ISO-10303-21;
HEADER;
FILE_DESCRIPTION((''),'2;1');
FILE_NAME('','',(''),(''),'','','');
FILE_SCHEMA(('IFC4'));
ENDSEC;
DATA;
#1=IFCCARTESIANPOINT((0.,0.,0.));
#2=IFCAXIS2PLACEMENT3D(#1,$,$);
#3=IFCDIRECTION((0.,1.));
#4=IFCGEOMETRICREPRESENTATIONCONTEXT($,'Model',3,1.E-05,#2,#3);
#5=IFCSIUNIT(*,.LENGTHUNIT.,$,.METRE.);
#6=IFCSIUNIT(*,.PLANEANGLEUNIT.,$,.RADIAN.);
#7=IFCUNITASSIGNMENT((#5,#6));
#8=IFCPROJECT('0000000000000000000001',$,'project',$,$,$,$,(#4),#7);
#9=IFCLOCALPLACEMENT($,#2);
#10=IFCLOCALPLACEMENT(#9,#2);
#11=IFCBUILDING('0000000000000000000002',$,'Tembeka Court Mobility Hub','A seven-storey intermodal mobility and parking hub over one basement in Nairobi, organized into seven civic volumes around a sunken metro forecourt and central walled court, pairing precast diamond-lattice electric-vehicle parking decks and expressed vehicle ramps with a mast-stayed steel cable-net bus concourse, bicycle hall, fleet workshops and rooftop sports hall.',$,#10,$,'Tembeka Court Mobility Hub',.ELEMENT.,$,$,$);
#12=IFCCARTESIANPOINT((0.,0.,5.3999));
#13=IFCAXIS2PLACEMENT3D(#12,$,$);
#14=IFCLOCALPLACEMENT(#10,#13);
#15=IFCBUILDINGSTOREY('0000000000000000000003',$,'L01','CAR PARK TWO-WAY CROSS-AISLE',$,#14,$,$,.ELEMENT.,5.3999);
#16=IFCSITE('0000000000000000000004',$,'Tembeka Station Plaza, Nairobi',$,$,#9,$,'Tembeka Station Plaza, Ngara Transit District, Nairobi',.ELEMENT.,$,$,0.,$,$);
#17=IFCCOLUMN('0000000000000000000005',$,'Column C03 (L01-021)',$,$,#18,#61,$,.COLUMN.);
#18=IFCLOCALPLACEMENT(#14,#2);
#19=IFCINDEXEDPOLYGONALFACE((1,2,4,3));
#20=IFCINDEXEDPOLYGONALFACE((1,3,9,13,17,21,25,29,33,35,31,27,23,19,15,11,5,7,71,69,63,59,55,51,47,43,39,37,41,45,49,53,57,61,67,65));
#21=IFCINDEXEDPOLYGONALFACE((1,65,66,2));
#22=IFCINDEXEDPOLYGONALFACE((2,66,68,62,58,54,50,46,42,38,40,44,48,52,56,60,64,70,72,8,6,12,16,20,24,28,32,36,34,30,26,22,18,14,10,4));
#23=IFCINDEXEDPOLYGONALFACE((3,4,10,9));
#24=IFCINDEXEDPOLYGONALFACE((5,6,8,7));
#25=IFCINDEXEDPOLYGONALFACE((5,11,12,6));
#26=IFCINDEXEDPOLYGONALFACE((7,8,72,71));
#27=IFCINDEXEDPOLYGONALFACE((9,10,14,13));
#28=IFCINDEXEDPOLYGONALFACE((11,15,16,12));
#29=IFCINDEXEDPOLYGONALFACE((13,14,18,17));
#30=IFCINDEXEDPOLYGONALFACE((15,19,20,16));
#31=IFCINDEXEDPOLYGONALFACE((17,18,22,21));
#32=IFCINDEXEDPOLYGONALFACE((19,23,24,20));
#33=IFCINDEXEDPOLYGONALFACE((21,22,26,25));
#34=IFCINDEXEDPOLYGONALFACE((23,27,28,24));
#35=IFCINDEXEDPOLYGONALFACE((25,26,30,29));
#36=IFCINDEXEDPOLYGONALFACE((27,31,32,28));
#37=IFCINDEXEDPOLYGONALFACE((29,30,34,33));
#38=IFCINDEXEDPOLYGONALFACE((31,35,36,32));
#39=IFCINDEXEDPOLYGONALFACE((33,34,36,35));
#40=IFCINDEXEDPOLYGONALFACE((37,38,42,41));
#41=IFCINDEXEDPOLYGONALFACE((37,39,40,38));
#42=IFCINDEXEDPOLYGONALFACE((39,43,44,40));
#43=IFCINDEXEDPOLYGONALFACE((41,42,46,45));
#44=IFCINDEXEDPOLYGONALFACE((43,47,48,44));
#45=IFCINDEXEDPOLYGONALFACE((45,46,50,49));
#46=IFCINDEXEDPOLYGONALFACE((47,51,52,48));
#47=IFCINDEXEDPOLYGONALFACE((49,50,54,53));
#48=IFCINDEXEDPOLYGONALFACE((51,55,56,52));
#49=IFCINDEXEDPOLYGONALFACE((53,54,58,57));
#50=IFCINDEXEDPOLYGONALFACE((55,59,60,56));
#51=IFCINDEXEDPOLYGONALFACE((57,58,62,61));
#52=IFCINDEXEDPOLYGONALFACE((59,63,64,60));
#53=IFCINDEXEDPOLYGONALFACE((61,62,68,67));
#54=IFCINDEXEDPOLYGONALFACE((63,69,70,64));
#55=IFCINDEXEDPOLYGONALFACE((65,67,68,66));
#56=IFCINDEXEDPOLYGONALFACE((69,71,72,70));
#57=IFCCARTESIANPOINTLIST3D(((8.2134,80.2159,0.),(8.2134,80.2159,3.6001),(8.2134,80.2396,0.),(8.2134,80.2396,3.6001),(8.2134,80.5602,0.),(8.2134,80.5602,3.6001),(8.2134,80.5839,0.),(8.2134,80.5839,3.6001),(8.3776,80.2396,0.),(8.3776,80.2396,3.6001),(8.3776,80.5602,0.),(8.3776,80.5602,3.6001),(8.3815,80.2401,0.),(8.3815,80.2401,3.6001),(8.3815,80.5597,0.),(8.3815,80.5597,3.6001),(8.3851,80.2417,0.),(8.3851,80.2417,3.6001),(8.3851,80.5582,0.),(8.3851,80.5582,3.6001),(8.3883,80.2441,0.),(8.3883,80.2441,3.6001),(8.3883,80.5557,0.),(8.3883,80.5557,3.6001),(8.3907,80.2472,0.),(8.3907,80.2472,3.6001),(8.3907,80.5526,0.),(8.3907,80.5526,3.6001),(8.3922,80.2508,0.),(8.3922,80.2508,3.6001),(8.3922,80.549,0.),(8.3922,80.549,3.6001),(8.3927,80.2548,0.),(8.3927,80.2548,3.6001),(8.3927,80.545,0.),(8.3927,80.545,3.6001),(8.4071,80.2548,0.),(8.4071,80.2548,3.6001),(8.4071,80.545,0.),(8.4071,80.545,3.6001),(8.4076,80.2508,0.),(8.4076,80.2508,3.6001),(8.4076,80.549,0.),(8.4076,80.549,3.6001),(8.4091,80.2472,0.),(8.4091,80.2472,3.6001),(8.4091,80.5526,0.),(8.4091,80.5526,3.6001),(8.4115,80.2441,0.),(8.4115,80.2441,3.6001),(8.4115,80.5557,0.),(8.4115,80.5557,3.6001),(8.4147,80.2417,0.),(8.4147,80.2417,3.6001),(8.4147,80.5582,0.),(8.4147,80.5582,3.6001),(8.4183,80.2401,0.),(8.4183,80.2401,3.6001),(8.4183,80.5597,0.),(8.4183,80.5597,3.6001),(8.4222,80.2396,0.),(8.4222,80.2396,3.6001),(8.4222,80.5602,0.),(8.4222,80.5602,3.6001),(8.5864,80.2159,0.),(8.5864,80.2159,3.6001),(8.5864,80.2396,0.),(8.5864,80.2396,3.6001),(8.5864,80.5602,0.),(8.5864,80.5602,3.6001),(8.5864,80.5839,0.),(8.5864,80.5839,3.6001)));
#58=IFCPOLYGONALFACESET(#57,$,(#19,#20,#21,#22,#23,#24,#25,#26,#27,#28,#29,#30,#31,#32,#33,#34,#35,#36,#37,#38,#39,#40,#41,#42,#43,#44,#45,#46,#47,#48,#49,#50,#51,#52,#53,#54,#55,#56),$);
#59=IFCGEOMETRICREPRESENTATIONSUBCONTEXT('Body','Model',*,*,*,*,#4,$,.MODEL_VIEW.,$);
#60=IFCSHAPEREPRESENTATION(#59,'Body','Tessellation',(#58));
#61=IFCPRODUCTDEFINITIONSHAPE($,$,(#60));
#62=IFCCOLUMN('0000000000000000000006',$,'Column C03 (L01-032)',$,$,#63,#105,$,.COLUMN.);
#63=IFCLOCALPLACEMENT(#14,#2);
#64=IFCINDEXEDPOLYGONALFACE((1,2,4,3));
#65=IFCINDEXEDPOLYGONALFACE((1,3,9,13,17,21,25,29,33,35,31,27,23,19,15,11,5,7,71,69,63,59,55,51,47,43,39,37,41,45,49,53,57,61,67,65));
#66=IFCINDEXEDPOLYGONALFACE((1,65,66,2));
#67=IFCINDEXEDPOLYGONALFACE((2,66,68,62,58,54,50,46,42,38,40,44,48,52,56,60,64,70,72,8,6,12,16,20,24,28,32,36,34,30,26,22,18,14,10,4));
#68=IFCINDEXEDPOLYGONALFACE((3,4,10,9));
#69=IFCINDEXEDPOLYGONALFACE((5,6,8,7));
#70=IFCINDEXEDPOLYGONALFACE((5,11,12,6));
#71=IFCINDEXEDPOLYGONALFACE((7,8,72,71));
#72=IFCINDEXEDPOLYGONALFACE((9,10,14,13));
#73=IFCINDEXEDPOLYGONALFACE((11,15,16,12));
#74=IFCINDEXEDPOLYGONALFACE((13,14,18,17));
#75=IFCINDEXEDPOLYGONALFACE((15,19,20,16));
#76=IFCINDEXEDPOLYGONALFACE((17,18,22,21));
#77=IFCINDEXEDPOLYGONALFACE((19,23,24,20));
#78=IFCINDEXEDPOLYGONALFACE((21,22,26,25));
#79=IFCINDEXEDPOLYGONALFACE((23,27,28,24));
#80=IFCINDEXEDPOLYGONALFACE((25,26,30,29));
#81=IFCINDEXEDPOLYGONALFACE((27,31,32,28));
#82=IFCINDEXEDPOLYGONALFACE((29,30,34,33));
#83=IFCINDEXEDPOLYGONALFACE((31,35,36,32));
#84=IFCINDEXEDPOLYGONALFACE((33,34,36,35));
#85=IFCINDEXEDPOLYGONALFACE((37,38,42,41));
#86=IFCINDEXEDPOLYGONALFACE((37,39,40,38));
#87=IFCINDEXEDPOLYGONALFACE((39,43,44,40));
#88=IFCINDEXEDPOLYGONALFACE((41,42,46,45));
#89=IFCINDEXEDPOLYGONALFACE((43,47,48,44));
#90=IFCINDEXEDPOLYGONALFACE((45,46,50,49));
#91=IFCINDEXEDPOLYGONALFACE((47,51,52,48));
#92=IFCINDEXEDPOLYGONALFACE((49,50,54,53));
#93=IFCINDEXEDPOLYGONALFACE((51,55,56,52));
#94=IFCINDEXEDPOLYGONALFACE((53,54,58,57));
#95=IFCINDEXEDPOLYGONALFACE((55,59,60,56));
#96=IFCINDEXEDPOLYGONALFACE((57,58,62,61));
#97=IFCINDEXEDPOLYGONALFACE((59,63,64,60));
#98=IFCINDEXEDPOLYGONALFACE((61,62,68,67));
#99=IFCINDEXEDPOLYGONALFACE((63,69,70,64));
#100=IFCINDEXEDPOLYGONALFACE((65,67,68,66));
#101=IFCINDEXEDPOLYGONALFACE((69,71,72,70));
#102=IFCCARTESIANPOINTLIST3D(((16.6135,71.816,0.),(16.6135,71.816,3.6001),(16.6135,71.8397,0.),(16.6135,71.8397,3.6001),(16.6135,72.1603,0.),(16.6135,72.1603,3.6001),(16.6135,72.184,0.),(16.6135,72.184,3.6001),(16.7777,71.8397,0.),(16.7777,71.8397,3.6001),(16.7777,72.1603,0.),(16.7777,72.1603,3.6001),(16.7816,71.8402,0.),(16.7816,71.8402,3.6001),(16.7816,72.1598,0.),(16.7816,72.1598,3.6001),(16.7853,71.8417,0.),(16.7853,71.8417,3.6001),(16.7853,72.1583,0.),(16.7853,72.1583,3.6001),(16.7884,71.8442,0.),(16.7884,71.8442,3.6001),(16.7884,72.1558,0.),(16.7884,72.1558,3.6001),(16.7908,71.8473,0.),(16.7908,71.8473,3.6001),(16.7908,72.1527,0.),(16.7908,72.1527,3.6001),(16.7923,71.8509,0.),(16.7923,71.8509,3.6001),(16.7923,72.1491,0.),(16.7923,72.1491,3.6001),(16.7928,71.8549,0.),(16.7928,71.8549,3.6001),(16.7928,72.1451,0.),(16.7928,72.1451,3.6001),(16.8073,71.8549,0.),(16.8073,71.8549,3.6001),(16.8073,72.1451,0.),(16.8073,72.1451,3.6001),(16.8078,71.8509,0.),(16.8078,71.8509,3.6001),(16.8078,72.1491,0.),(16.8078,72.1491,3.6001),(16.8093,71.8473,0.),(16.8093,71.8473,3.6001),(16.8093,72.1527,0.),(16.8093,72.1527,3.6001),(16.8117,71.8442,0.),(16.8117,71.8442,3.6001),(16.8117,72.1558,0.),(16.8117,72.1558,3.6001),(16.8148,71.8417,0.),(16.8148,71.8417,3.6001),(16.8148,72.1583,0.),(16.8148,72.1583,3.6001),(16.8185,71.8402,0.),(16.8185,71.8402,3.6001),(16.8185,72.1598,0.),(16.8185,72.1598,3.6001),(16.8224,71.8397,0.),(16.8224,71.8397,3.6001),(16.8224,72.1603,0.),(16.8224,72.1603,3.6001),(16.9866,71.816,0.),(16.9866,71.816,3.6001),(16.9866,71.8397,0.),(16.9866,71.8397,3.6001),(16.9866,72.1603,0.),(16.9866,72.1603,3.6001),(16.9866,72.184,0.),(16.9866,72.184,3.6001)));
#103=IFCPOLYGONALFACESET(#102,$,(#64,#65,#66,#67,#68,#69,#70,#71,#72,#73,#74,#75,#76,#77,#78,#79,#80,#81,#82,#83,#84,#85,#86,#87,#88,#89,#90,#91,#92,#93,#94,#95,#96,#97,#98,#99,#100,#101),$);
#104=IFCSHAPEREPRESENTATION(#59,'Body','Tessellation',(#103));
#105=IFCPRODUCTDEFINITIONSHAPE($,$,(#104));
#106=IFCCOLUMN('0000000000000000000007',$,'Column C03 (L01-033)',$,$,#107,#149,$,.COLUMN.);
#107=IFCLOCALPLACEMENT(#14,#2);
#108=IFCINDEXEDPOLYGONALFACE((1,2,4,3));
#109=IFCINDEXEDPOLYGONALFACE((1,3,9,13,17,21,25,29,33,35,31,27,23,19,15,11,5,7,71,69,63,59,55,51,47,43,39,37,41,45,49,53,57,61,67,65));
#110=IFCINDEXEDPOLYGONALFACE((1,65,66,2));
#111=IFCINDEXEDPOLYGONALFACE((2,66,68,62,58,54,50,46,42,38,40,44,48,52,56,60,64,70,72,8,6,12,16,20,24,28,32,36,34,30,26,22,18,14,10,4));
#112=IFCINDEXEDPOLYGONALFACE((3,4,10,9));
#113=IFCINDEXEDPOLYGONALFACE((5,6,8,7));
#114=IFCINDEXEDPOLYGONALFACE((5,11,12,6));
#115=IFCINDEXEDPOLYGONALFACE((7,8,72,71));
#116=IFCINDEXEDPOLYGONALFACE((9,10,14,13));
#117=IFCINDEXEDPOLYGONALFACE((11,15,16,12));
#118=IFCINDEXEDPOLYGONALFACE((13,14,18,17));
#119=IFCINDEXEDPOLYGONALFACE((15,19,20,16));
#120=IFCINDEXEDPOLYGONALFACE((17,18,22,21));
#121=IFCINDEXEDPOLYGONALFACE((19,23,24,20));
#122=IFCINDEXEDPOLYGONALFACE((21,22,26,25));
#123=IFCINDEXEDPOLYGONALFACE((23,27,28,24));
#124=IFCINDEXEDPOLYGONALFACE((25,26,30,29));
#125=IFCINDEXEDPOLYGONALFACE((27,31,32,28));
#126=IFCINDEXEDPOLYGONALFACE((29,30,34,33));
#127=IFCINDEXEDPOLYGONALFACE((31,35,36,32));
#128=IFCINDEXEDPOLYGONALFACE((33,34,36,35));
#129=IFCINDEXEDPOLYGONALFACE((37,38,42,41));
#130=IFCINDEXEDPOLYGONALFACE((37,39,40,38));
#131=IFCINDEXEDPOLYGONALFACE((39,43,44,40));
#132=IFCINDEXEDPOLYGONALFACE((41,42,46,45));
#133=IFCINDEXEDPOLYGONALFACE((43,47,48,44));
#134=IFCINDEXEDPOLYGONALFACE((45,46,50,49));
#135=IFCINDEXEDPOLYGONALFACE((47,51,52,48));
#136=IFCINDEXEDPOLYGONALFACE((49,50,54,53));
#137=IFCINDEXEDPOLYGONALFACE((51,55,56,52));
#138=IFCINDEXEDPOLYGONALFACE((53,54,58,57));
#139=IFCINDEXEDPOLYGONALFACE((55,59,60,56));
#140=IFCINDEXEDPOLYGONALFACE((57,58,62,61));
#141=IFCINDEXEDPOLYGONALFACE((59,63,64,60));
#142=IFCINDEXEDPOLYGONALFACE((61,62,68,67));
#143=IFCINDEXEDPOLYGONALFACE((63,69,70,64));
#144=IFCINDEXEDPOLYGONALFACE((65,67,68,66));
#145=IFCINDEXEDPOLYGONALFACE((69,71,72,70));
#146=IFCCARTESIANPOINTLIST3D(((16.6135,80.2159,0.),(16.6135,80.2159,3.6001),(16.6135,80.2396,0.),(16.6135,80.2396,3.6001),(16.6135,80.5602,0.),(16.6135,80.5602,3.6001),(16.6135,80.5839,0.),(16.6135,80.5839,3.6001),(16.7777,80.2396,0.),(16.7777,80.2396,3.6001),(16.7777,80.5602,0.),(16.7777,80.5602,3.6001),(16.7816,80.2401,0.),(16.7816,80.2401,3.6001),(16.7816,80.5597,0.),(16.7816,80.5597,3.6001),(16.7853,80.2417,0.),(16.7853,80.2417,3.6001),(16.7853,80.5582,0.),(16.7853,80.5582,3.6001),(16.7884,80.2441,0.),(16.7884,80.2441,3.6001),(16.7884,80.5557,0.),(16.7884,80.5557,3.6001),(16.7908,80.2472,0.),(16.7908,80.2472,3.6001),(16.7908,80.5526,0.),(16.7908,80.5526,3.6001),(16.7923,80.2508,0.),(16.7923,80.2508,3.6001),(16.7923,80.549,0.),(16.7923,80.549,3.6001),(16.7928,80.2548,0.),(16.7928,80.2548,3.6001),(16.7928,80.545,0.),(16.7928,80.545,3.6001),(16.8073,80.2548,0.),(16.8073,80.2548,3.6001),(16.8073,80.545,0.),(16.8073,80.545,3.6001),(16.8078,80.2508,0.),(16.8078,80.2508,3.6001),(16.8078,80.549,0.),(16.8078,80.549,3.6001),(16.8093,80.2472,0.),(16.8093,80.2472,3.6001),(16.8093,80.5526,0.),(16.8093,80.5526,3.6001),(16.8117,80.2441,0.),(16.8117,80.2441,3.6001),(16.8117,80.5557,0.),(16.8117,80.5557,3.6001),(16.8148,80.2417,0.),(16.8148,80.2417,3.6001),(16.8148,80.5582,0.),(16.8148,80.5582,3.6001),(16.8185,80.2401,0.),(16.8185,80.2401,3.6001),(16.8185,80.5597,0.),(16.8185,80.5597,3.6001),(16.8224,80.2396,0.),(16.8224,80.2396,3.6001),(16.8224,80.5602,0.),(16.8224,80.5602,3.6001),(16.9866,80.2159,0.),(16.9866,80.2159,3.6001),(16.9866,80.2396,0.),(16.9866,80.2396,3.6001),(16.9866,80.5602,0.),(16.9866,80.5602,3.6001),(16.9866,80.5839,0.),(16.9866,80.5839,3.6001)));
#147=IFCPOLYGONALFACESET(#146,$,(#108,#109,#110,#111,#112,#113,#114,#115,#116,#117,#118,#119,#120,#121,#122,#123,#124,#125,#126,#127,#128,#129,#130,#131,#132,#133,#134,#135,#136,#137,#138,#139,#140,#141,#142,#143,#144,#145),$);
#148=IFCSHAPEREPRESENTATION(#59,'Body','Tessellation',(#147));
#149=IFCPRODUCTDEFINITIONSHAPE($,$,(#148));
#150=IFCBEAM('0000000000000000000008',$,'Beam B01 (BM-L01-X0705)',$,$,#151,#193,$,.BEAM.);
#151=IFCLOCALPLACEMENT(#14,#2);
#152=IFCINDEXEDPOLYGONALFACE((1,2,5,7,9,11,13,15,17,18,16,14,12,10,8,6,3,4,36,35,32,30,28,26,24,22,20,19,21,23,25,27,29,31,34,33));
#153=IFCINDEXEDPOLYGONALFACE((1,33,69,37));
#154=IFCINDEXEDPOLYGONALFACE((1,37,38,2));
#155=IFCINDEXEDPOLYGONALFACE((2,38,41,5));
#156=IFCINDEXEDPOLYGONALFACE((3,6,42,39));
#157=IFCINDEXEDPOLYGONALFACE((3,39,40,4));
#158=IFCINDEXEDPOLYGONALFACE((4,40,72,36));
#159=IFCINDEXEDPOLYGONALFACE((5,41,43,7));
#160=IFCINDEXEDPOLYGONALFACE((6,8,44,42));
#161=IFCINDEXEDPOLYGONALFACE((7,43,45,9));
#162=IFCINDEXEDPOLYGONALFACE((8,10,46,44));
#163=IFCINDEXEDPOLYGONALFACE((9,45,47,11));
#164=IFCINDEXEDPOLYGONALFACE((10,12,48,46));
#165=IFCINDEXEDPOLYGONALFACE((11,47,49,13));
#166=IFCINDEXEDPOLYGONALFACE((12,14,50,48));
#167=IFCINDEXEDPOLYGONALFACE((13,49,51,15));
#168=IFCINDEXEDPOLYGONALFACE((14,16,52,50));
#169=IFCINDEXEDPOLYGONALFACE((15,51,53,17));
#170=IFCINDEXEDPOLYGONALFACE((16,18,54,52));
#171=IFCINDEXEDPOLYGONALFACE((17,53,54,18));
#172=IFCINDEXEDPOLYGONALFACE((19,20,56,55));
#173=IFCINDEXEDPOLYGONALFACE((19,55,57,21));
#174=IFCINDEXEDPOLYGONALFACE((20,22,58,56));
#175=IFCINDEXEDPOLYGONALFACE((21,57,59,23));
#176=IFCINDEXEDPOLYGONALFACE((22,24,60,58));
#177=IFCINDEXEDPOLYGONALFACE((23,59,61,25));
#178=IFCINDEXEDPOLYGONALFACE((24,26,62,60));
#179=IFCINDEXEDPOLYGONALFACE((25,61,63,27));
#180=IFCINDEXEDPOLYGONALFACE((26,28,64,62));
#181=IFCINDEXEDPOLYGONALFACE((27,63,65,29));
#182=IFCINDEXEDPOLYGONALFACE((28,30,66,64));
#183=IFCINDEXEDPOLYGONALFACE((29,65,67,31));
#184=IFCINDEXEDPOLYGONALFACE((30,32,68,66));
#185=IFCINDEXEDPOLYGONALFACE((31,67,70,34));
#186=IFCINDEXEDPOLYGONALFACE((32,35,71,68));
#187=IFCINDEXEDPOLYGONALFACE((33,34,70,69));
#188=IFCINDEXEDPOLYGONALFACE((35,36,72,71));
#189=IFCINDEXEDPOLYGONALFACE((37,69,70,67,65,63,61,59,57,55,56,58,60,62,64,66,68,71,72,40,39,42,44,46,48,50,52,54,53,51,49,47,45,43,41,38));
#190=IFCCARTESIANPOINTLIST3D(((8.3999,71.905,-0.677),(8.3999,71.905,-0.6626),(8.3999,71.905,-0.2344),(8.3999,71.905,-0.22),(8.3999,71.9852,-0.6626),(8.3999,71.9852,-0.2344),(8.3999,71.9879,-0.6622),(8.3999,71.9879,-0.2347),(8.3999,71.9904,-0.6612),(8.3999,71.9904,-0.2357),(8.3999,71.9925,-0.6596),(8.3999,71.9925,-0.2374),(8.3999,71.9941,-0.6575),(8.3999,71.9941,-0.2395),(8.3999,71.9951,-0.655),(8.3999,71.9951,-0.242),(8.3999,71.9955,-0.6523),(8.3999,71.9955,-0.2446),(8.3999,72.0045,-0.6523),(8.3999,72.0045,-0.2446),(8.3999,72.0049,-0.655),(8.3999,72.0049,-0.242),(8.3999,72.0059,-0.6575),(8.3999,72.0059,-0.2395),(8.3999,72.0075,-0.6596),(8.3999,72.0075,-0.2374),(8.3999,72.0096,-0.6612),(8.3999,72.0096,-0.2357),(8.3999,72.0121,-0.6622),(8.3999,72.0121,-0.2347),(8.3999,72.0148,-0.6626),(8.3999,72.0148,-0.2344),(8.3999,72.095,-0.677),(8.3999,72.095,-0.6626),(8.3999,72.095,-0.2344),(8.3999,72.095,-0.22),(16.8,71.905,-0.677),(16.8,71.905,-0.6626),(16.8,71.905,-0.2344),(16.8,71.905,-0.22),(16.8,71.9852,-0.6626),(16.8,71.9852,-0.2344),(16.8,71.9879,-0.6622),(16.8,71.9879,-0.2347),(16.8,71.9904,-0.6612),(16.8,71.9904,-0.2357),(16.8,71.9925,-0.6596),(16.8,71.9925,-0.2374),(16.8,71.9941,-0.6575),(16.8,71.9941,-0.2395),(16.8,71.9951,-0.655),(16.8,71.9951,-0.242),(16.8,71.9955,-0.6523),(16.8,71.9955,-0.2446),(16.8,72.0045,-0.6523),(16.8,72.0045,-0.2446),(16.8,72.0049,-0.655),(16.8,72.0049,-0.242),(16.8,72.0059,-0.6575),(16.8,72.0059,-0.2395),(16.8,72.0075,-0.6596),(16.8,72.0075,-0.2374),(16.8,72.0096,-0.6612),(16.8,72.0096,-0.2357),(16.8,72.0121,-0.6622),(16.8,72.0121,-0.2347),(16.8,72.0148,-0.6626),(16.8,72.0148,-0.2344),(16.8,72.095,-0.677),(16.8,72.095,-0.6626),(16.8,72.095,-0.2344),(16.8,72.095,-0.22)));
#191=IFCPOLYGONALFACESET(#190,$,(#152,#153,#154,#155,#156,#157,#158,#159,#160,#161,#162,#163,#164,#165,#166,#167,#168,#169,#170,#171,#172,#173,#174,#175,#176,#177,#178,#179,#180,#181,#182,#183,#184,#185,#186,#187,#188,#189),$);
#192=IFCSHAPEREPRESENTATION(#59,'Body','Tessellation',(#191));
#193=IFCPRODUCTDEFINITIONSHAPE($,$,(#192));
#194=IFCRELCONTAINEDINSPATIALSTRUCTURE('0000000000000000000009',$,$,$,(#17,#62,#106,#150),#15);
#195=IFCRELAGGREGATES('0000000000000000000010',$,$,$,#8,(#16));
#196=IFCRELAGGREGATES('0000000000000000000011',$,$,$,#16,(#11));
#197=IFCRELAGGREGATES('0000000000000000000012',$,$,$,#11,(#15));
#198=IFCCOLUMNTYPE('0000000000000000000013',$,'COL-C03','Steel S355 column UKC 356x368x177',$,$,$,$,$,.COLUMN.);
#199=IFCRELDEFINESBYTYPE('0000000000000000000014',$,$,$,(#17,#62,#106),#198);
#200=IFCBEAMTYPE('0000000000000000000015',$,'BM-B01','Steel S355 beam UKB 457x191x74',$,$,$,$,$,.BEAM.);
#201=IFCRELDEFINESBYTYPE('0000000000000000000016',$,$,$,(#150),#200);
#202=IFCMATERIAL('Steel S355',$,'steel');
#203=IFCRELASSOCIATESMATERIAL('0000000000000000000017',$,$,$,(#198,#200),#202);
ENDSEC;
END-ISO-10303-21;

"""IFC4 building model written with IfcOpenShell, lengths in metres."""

from ifc_helpers import new_model, si_unit, direction, frame, origin, origin_2d, place, context, subcontext, project, spatial, i_section, extrude, material, material_profile, profile_set, type_object, element, save


model = new_model("IFC4")

# Units and contexts
model_context = context("Model", 3, precision=1e-05, world=origin(), true_north=direction((0.0, 1.0)))
body_context = subcontext(model_context, "Body", "Model", "MODEL_VIEW")
ifc_project = project(units=[si_unit("LENGTHUNIT", "METRE"), si_unit("PLANEANGLEUNIT", "RADIAN")], contexts=[model_context])

# Site, building, storey
site_placement = place(None, origin())
site = spatial("IfcSite", under=ifc_project, at=site_placement, Name="Tembeka Station Plaza, Nairobi", LongName="Tembeka Station Plaza, Ngara Transit District, Nairobi", CompositionType="ELEMENT", RefElevation=0.0)
building_placement = place(site_placement, origin())
building = spatial("IfcBuilding", under=site, at=building_placement, Name="Tembeka Court Mobility Hub", Description="A seven-storey intermodal mobility and parking hub over one basement in Nairobi, organized into seven civic volumes around a sunken metro forecourt and central walled court, pairing precast diamond-lattice electric-vehicle parking decks and expressed vehicle ramps with a mast-stayed steel cable-net bus concourse, bicycle hall, fleet workshops and rooftop sports hall.", LongName="Tembeka Court Mobility Hub", CompositionType="ELEMENT")
storey_placement = place(building_placement, frame((0.0, 0.0, 5.3999)))
storey = spatial("IfcBuildingStorey", under=building, at=storey_placement, Name="L01", Description="CAR PARK TWO-WAY CROSS-AISLE", CompositionType="ELEMENT", Elevation=5.3999)

# Columns
ifc_material_1 = material(Name="Steel S355", Category="steel")
ifc_material_profile_1 = material_profile(ifc_material_1, i_section(OverallWidth=0.373, OverallDepth=0.3679, WebThickness=0.0144, FlangeThickness=0.0237, FilletRadius=0.0151, at=origin_2d()), Name="UKC 356x368x177")
ifc_profile_set_1 = profile_set([ifc_material_profile_1], Name="Steel S355")
column_type = type_object("IfcColumnType", Name="COL-C03", Description="Steel S355 column UKC 356x368x177", PredefinedType="COLUMN", material=ifc_profile_set_1)
for number, where, z_axis, x_axis, name in (
    (1, (8.3999, 80.3999, 0.0), (0.0, 0.0, 1.0), (1.0, 0.0, 0.0), "Column C03 (L01-021)"),
    (2, (16.8, 72.0, 0.0), (0.0, 0.0, 1.0), (1.0, 0.0, 0.0), "Column C03 (L01-032)"),
    (3, (16.8, 80.3999, 0.0), (0.0, 0.0, 1.0), (1.0, 0.0, 0.0), "Column C03 (L01-033)"),
):
    element("IfcColumn", number, at=place(storey_placement, frame(where, z_axis=z_axis, x_axis=x_axis)), inside=storey, type_object=column_type, Name=name, PredefinedType="COLUMN", context=body_context, shape_type="SweptSolid", body=[
        extrude(i_section(OverallWidth=0.373, OverallDepth=0.3679, WebThickness=0.0144, FlangeThickness=0.0237, FilletRadius=0.0151, at=origin_2d()), origin(), (0.0, 0.0, 1.0), 3.6001),
    ])

# Beam
ifc_material_profile_2 = material_profile(ifc_material_1, i_section(OverallWidth=0.1899, OverallDepth=0.457, WebThickness=0.009, FlangeThickness=0.0144, FilletRadius=0.0103, at=origin_2d()), Name="UKB 457x191x74")
ifc_profile_set_2 = profile_set([ifc_material_profile_2], Name="Steel S355")
beam_type_1 = type_object("IfcBeamType", Name="BM-B01", Description="Steel S355 beam UKB 457x191x74", PredefinedType="BEAM", material=ifc_profile_set_2)
beam_1_placement = place(storey_placement, frame((8.3999, 72.0, -0.4485), z_axis=(1.0, 0.0, 0.0), x_axis=(0.0, 1.0, 0.0)))
element("IfcBeam", 4, at=beam_1_placement, inside=storey, type_object=beam_type_1, Name="Beam B01 (BM-L01-X0705)", PredefinedType="BEAM", context=body_context, shape_type="SweptSolid", body=[
    extrude(i_section(OverallWidth=0.1899, OverallDepth=0.457, WebThickness=0.009, FlangeThickness=0.0144, FilletRadius=0.0103, at=origin_2d()), origin(), (0.0, 0.0, 1.0), 8.4001),
])

save(model, "model.ifc")
